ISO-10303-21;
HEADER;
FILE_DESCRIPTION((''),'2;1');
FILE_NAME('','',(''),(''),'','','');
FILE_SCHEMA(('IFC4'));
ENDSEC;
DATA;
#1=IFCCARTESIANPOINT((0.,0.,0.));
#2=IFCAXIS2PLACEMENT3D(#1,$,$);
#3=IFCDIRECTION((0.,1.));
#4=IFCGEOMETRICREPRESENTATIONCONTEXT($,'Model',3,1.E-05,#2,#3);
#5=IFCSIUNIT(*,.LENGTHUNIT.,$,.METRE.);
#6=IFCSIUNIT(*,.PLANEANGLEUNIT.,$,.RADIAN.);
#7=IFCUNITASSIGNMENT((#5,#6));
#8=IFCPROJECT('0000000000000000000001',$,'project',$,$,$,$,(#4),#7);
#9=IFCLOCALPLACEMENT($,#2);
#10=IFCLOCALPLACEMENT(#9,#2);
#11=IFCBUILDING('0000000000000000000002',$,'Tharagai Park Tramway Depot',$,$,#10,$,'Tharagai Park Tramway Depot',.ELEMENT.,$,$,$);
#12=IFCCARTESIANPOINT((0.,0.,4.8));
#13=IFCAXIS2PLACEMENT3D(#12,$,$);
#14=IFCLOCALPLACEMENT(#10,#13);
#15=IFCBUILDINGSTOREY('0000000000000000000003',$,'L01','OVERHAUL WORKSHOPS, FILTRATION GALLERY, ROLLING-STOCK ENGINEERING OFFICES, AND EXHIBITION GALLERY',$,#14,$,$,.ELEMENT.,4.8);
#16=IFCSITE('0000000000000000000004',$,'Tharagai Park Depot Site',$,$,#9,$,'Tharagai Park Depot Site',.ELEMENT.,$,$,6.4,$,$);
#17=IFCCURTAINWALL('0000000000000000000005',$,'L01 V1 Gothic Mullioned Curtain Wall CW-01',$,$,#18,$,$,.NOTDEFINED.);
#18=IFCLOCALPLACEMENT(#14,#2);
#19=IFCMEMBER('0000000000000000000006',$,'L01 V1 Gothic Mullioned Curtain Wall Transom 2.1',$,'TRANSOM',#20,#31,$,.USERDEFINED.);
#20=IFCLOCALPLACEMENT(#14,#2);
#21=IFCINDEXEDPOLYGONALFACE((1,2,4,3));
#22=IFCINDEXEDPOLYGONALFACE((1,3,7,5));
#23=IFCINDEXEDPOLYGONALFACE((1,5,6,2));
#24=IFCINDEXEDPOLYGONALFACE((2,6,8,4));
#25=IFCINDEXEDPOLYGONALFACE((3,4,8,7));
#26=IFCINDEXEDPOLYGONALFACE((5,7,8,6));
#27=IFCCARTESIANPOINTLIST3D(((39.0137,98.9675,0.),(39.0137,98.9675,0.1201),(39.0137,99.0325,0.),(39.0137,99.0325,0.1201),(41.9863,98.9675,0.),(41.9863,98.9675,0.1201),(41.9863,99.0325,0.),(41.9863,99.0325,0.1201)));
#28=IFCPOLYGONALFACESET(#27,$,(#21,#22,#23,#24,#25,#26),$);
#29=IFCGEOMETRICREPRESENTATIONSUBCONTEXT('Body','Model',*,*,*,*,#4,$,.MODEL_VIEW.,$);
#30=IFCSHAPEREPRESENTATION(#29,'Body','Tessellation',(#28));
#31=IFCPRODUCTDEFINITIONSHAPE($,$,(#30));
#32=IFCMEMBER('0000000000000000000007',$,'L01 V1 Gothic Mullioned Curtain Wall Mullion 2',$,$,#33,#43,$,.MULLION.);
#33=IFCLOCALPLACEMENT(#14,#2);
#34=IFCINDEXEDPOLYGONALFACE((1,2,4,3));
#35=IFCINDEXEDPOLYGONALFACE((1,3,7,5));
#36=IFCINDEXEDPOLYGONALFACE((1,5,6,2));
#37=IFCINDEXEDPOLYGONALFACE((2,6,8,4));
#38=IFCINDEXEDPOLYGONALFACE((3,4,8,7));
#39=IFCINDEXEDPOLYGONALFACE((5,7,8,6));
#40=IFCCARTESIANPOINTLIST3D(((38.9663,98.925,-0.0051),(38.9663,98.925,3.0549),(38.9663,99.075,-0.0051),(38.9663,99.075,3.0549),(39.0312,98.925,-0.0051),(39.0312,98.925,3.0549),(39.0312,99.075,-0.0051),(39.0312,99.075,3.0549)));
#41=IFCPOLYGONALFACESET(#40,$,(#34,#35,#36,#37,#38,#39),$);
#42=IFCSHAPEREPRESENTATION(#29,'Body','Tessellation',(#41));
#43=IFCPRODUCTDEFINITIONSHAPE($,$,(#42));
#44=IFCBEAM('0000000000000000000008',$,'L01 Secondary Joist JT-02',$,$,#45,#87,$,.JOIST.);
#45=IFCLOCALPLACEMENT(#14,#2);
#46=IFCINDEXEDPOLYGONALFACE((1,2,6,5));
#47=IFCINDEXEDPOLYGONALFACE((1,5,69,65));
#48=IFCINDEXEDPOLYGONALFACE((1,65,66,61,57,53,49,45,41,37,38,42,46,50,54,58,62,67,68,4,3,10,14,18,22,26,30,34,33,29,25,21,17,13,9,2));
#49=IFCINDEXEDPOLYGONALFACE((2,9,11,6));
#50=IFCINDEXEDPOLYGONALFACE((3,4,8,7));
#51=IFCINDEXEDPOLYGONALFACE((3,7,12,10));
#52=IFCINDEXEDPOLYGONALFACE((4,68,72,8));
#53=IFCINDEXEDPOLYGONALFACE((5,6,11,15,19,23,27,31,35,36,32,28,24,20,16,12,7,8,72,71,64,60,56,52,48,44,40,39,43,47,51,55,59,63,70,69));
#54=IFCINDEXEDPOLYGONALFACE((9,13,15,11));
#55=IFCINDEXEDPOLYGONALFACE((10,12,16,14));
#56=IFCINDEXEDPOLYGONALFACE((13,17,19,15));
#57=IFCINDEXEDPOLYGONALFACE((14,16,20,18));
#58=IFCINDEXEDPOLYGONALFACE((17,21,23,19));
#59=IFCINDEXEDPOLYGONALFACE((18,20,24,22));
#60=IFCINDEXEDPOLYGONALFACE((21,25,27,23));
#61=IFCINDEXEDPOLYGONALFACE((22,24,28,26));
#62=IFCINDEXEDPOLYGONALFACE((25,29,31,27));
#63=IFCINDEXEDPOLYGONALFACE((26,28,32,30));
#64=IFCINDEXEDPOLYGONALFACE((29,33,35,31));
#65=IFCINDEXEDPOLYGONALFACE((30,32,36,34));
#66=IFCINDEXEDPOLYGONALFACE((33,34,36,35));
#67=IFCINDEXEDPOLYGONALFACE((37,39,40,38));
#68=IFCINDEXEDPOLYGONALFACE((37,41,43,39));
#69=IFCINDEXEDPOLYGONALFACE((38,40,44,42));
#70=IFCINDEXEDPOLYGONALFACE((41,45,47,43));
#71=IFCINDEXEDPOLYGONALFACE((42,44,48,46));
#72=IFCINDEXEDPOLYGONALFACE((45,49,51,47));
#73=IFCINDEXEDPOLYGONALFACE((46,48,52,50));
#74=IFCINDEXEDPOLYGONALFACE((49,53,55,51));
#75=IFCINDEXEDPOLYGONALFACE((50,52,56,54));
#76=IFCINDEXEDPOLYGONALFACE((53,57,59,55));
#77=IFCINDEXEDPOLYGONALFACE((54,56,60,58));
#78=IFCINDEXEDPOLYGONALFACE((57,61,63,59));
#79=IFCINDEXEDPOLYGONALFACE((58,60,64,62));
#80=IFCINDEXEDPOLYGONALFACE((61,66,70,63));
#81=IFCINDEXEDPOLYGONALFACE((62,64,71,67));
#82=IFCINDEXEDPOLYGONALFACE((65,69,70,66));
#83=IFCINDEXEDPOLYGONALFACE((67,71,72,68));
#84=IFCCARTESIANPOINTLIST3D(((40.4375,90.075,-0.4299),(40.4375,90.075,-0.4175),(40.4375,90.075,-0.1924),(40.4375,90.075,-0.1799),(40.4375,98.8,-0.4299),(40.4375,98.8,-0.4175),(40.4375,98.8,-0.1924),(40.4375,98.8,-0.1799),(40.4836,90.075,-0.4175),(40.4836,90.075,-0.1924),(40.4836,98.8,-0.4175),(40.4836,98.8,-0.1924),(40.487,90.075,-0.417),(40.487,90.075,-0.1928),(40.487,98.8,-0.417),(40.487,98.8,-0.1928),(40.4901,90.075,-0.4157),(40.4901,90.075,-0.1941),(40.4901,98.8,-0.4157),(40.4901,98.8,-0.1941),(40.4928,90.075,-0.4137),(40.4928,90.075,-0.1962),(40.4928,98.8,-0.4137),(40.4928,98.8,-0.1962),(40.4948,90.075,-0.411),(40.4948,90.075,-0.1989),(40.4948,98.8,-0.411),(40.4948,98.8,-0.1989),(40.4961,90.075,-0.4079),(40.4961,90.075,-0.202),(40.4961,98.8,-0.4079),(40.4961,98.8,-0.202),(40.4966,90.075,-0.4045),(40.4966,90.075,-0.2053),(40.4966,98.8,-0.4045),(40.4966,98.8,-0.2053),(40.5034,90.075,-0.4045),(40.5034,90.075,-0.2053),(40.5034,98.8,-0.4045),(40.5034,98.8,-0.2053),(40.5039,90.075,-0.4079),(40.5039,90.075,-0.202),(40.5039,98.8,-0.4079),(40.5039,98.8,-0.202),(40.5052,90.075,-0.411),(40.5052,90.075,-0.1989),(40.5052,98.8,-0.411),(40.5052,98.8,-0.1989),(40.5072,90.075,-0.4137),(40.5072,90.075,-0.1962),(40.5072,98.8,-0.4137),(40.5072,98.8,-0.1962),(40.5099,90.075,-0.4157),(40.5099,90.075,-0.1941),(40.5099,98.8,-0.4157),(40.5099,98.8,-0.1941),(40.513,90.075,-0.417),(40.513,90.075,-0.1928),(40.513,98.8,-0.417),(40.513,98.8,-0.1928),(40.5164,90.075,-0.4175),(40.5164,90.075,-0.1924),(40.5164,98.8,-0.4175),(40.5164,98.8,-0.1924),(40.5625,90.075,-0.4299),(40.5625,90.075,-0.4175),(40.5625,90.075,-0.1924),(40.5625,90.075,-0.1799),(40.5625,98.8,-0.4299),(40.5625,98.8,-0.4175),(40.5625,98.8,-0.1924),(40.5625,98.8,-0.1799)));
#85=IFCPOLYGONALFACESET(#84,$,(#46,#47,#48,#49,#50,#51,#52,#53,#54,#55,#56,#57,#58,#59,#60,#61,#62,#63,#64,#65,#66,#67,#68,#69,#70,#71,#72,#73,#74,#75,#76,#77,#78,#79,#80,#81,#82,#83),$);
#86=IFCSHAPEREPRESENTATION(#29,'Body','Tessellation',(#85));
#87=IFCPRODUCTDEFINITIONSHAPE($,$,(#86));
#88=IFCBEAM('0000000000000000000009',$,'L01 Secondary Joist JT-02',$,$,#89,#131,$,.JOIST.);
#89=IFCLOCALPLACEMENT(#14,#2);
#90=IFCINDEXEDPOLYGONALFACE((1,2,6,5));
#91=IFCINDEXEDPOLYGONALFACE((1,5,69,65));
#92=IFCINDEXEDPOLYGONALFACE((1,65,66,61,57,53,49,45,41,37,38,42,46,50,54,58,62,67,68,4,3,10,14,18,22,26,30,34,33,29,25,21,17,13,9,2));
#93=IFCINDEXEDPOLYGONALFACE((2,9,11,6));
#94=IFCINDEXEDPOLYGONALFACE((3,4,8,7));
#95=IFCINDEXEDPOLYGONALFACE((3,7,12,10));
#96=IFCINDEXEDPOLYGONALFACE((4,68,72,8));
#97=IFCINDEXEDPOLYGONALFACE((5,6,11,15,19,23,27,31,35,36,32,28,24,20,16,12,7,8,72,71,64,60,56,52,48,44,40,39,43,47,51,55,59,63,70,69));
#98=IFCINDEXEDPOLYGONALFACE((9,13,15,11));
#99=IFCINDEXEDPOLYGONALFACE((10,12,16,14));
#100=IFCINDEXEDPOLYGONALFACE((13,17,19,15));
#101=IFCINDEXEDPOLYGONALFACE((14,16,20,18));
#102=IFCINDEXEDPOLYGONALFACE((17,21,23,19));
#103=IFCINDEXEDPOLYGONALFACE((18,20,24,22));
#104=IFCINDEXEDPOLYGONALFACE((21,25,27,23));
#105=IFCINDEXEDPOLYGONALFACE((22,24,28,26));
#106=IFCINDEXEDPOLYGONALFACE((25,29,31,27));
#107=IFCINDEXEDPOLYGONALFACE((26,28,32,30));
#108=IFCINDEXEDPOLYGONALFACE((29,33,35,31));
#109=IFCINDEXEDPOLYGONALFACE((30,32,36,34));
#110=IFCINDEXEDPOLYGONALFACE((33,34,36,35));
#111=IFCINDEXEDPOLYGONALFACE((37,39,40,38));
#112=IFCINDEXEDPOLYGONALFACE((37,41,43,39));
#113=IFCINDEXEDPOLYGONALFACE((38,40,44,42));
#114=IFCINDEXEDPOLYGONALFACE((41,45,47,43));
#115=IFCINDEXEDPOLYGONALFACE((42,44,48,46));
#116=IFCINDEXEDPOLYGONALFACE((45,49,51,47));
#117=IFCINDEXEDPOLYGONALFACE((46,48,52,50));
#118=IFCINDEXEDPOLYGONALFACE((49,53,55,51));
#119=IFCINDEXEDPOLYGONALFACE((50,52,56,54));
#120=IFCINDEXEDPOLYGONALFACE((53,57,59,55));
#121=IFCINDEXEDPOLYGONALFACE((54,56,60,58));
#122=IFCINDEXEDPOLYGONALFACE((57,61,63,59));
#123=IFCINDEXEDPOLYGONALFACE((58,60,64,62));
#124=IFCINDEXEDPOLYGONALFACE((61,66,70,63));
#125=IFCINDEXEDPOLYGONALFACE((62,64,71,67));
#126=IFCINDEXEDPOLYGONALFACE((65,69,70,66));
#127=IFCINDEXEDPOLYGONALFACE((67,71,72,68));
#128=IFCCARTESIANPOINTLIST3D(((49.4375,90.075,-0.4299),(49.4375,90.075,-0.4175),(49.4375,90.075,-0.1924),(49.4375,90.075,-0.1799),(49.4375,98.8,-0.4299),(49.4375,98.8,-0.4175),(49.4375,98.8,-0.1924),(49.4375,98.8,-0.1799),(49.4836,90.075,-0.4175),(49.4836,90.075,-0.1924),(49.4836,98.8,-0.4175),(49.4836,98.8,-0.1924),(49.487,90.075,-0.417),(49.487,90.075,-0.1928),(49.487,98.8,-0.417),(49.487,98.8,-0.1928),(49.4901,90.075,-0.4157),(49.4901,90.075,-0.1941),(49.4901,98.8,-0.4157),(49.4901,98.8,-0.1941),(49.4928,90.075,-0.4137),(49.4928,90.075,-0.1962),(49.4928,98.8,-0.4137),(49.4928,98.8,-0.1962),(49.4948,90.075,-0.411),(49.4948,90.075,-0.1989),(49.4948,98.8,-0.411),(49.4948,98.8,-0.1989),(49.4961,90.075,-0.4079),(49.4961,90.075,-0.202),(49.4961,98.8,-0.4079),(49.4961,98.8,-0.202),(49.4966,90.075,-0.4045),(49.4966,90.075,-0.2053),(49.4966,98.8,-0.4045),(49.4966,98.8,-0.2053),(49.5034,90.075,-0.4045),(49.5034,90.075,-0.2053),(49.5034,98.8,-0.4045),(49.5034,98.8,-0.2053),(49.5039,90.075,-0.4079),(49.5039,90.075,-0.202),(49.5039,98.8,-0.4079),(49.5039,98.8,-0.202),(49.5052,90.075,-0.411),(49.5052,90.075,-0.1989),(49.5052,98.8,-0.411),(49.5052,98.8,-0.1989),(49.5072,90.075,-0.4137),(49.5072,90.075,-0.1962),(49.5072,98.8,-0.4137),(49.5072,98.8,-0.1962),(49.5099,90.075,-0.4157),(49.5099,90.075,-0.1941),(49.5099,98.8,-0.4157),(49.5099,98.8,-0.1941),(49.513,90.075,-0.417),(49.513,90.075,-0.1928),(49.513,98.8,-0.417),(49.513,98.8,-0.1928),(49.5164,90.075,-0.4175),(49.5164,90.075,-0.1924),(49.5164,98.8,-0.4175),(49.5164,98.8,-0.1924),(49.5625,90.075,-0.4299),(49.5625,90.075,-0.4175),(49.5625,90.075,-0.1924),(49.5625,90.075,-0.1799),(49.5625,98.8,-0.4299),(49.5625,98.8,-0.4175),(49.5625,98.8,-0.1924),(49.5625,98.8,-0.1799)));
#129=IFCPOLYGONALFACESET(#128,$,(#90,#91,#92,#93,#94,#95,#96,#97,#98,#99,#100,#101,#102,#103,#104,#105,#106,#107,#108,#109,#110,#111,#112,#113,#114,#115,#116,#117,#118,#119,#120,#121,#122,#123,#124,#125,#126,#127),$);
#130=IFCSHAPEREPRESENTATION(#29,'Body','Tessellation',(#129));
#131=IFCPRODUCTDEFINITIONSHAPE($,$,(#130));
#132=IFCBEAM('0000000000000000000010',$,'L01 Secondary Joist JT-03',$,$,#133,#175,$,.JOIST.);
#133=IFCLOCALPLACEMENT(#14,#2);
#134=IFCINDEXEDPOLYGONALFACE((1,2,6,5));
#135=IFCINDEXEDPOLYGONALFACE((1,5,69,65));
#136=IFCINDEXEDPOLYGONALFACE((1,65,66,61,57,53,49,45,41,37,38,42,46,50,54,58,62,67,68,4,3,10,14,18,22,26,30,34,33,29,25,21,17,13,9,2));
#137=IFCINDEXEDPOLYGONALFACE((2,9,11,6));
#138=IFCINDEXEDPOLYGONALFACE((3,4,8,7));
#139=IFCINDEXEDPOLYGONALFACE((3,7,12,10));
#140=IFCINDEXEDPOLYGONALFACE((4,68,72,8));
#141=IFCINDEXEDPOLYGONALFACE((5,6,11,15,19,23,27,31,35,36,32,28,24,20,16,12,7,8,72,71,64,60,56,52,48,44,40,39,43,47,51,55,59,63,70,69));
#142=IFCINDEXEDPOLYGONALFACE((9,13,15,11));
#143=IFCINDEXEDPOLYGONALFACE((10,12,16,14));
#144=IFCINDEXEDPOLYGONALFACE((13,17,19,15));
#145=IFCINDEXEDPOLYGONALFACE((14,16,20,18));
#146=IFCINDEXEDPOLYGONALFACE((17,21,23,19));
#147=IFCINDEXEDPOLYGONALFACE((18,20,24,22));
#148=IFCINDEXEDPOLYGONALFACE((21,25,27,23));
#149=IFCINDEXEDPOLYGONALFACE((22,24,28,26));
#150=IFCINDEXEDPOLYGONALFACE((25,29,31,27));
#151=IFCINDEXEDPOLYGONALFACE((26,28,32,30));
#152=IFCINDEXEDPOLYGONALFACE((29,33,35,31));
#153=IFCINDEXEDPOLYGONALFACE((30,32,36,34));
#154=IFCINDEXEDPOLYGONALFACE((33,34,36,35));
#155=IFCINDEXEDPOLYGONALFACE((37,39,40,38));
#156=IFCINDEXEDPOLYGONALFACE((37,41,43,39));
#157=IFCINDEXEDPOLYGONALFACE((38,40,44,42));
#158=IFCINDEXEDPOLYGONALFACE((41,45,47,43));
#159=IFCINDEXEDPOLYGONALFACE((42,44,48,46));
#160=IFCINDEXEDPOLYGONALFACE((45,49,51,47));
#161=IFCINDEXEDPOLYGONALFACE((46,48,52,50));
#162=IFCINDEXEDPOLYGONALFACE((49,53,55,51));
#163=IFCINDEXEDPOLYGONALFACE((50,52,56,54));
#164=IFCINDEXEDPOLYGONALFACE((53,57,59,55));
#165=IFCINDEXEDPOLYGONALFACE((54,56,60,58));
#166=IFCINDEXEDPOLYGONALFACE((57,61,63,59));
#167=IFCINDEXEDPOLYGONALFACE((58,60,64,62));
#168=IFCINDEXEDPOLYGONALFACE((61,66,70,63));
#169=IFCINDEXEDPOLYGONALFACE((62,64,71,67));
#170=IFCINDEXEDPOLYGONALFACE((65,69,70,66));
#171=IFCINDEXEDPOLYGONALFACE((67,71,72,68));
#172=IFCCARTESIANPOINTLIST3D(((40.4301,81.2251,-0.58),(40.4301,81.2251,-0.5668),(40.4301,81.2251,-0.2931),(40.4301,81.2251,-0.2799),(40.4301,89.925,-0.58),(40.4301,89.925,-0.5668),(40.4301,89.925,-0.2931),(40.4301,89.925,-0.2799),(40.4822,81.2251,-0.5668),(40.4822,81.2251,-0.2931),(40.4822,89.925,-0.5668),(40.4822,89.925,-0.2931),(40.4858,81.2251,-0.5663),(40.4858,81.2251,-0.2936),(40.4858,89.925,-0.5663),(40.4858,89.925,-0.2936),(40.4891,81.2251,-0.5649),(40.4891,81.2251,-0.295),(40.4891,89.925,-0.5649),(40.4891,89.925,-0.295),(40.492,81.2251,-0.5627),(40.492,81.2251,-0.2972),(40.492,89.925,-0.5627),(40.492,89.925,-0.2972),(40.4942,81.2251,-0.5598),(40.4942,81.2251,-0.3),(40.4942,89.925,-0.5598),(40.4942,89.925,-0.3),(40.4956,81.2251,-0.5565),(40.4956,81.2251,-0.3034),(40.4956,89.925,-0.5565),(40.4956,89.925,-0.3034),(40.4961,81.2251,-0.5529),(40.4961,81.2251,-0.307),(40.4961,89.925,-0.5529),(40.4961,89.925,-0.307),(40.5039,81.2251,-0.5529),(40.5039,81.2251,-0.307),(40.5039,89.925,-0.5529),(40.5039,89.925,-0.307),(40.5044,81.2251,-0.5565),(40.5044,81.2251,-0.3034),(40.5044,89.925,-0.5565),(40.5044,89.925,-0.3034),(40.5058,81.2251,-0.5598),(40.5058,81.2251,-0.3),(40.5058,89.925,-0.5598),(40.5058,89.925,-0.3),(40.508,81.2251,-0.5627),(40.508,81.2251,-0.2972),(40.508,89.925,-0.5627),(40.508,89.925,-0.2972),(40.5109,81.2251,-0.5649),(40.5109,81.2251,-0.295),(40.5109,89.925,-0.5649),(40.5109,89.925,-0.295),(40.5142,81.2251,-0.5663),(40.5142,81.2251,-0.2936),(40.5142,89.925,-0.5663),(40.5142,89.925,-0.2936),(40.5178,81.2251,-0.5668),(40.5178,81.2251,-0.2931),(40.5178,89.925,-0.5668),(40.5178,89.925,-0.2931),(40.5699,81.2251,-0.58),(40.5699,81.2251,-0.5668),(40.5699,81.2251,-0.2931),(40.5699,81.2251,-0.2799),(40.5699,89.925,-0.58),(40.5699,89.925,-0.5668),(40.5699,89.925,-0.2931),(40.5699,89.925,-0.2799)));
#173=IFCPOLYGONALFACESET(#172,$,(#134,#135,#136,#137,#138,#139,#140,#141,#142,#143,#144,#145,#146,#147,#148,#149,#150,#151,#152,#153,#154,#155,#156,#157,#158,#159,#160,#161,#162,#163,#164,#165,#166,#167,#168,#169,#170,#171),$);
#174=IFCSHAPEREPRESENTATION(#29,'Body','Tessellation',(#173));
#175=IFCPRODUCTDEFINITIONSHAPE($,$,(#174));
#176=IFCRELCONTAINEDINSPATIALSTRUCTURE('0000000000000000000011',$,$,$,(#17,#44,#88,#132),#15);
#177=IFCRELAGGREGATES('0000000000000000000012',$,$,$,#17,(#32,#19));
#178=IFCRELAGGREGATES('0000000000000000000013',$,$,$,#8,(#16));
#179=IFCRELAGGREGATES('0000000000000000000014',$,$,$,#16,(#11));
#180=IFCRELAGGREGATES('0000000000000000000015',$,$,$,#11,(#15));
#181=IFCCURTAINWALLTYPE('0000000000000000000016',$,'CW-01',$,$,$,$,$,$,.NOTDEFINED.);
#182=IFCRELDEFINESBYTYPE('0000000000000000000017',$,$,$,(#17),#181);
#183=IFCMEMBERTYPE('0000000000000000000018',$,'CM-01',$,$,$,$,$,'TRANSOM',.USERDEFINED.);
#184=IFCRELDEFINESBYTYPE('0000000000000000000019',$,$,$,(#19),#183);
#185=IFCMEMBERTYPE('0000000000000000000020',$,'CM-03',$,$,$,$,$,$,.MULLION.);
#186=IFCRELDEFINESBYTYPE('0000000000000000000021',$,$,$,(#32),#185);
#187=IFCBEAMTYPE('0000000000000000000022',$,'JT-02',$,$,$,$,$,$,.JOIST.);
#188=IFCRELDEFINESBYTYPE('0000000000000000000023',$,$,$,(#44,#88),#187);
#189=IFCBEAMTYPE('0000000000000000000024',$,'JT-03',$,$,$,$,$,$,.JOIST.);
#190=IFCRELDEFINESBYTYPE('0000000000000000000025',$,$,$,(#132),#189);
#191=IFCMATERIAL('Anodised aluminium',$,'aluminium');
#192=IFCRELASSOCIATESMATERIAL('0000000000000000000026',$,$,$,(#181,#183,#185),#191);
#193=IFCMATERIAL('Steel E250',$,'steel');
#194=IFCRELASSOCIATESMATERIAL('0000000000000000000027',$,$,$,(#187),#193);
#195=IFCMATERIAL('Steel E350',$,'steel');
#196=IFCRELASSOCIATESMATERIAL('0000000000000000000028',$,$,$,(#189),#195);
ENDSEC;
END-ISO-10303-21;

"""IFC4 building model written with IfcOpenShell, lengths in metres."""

from ifc_helpers import new_model, si_unit, direction, frame, origin, origin_2d, place, context, subcontext, project, spatial, rectangle, i_section, extrude, material, material_profile, profile_set, type_object, element, aggregate, save


model = new_model("IFC4")

# Units and contexts
model_context = context("Model", 3, precision=1e-05, world=origin(), true_north=direction((0.0, 1.0)))
body_context = subcontext(model_context, "Body", "Model", "MODEL_VIEW")
ifc_project = project(units=[si_unit("LENGTHUNIT", "METRE"), si_unit("PLANEANGLEUNIT", "RADIAN")], contexts=[model_context])

# Site, building, storey
site_placement = place(None, origin())
site = spatial("IfcSite", under=ifc_project, at=site_placement, Name="Tharagai Park Depot Site", LongName="Tharagai Park Depot Site", CompositionType="ELEMENT", RefElevation=6.4)
building_placement = place(site_placement, origin())
building = spatial("IfcBuilding", under=site, at=building_placement, Name="Tharagai Park Tramway Depot", LongName="Tharagai Park Tramway Depot", CompositionType="ELEMENT")
storey_placement = place(building_placement, frame((0.0, 0.0, 4.8)))
storey = spatial("IfcBuildingStorey", under=building, at=storey_placement, Name="L01", Description="OVERHAUL WORKSHOPS, FILTRATION GALLERY, ROLLING-STOCK ENGINEERING OFFICES, AND EXHIBITION GALLERY", CompositionType="ELEMENT", Elevation=4.8)

# Shared definitions
ifc_material_1 = material(Name="Steel E350", Category="steel")

# Curtain wall, members
ifc_material_2 = material(Name="Anodised aluminium", Category="aluminium")
curtain_wall_type = type_object("IfcCurtainWallType", Name="CW-01", PredefinedType="NOTDEFINED", material=ifc_material_2)
curtain_wall_placement = place(storey_placement, origin())
curtain_wall = element("IfcCurtainWall", 1, at=curtain_wall_placement, inside=storey, type_object=curtain_wall_type, Name="L01 V1 Gothic Mullioned Curtain Wall CW-01", PredefinedType="NOTDEFINED")
ifc_material_profile_1 = material_profile(ifc_material_2, rectangle(XDim=0.0649, YDim=0.1201, at=origin_2d()), Name="ALU 65x120")
ifc_profile_set_1 = profile_set([ifc_material_profile_1], Name="Anodised aluminium")
member_type_1 = type_object("IfcMemberType", Name="CM-01", ElementType="TRANSOM", PredefinedType="USERDEFINED", material=ifc_profile_set_1)
member_1_placement = place(storey_placement, frame((39.0137, 99.0, 0.0601), z_axis=(1.0, 0.0, 0.0), x_axis=(0.0, 1.0, 0.0)))
member_1 = element("IfcMember", 2, at=member_1_placement, type_object=member_type_1, Name="L01 V1 Gothic Mullioned Curtain Wall Transom 2.1", ObjectType="TRANSOM", PredefinedType="USERDEFINED", context=body_context, shape_type="SweptSolid", body=[
    extrude(rectangle(XDim=0.0649, YDim=0.1201, at=origin_2d()), origin(), (0.0, 0.0, 1.0), 2.9727),
])
ifc_material_profile_2 = material_profile(ifc_material_2, rectangle(XDim=0.0649, YDim=0.1499, at=origin_2d()), Name="ALU 65x150")
ifc_profile_set_2 = profile_set([ifc_material_profile_2], Name="Anodised aluminium")
member_type_2 = type_object("IfcMemberType", Name="CM-03", PredefinedType="MULLION", material=ifc_profile_set_2)
member_2_placement = place(storey_placement, frame((38.9988, 99.0, -0.0051), z_axis=(0.0, 0.0, 1.0), x_axis=(1.0, 0.0, 0.0)))
member_2 = element("IfcMember", 3, at=member_2_placement, type_object=member_type_2, Name="L01 V1 Gothic Mullioned Curtain Wall Mullion 2", PredefinedType="MULLION", context=body_context, shape_type="SweptSolid", body=[
    extrude(rectangle(XDim=0.0649, YDim=0.1499, at=origin_2d()), origin(), (0.0, 0.0, 1.0), 3.0601),
])

# Beams
ifc_material_3 = material(Name="Steel E250", Category="steel")
ifc_material_profile_3 = material_profile(ifc_material_3, i_section(OverallWidth=0.125, OverallDepth=0.25, WebThickness=0.0068, FlangeThickness=0.0125, FilletRadius=0.0129, at=origin_2d()), Name="ISMB 250")
ifc_profile_set_3 = profile_set([ifc_material_profile_3], Name="Steel E250")
beam_type_1 = type_object("IfcBeamType", Name="JT-02", PredefinedType="JOIST", material=ifc_profile_set_3)
for number, where, z_axis, x_axis, name in (
    (4, (40.5, 90.075, -0.3049), (0.0, 1.0, 0.0), (-1.0, 0.0, 0.0), "L01 Secondary Joist JT-02"),
    (5, (49.5, 90.075, -0.3049), (0.0, 1.0, 0.0), (-1.0, 0.0, 0.0), "L01 Secondary Joist JT-02"),
):
    element("IfcBeam", number, at=place(storey_placement, frame(where, z_axis=z_axis, x_axis=x_axis)), inside=storey, type_object=beam_type_1, Name=name, PredefinedType="JOIST", context=body_context, shape_type="SweptSolid", body=[
        extrude(i_section(OverallWidth=0.125, OverallDepth=0.25, WebThickness=0.0068, FlangeThickness=0.0125, FilletRadius=0.0129, at=origin_2d()), origin(), (0.0, 0.0, 1.0), 8.7251),
    ])
ifc_material_profile_4 = material_profile(ifc_material_1, i_section(OverallWidth=0.1399, OverallDepth=0.3, WebThickness=0.0078, FlangeThickness=0.0132, FilletRadius=0.0139, at=origin_2d()), Name="ISMB 300")
ifc_profile_set_4 = profile_set([ifc_material_profile_4], Name="Steel E350")
beam_type_2 = type_object("IfcBeamType", Name="JT-03", PredefinedType="JOIST", material=ifc_profile_set_4)
beam_1_placement = place(storey_placement, frame((40.5, 81.2251, -0.4299), z_axis=(0.0, 1.0, 0.0), x_axis=(-1.0, 0.0, 0.0)))
element("IfcBeam", 6, at=beam_1_placement, inside=storey, type_object=beam_type_2, Name="L01 Secondary Joist JT-03", PredefinedType="JOIST", context=body_context, shape_type="SweptSolid", body=[
    extrude(i_section(OverallWidth=0.1399, OverallDepth=0.3, WebThickness=0.0078, FlangeThickness=0.0132, FilletRadius=0.0139, at=origin_2d()), origin(), (0.0, 0.0, 1.0), 8.7),
])

aggregate(curtain_wall, [member_2, member_1])

save(model, "model.ifc")
